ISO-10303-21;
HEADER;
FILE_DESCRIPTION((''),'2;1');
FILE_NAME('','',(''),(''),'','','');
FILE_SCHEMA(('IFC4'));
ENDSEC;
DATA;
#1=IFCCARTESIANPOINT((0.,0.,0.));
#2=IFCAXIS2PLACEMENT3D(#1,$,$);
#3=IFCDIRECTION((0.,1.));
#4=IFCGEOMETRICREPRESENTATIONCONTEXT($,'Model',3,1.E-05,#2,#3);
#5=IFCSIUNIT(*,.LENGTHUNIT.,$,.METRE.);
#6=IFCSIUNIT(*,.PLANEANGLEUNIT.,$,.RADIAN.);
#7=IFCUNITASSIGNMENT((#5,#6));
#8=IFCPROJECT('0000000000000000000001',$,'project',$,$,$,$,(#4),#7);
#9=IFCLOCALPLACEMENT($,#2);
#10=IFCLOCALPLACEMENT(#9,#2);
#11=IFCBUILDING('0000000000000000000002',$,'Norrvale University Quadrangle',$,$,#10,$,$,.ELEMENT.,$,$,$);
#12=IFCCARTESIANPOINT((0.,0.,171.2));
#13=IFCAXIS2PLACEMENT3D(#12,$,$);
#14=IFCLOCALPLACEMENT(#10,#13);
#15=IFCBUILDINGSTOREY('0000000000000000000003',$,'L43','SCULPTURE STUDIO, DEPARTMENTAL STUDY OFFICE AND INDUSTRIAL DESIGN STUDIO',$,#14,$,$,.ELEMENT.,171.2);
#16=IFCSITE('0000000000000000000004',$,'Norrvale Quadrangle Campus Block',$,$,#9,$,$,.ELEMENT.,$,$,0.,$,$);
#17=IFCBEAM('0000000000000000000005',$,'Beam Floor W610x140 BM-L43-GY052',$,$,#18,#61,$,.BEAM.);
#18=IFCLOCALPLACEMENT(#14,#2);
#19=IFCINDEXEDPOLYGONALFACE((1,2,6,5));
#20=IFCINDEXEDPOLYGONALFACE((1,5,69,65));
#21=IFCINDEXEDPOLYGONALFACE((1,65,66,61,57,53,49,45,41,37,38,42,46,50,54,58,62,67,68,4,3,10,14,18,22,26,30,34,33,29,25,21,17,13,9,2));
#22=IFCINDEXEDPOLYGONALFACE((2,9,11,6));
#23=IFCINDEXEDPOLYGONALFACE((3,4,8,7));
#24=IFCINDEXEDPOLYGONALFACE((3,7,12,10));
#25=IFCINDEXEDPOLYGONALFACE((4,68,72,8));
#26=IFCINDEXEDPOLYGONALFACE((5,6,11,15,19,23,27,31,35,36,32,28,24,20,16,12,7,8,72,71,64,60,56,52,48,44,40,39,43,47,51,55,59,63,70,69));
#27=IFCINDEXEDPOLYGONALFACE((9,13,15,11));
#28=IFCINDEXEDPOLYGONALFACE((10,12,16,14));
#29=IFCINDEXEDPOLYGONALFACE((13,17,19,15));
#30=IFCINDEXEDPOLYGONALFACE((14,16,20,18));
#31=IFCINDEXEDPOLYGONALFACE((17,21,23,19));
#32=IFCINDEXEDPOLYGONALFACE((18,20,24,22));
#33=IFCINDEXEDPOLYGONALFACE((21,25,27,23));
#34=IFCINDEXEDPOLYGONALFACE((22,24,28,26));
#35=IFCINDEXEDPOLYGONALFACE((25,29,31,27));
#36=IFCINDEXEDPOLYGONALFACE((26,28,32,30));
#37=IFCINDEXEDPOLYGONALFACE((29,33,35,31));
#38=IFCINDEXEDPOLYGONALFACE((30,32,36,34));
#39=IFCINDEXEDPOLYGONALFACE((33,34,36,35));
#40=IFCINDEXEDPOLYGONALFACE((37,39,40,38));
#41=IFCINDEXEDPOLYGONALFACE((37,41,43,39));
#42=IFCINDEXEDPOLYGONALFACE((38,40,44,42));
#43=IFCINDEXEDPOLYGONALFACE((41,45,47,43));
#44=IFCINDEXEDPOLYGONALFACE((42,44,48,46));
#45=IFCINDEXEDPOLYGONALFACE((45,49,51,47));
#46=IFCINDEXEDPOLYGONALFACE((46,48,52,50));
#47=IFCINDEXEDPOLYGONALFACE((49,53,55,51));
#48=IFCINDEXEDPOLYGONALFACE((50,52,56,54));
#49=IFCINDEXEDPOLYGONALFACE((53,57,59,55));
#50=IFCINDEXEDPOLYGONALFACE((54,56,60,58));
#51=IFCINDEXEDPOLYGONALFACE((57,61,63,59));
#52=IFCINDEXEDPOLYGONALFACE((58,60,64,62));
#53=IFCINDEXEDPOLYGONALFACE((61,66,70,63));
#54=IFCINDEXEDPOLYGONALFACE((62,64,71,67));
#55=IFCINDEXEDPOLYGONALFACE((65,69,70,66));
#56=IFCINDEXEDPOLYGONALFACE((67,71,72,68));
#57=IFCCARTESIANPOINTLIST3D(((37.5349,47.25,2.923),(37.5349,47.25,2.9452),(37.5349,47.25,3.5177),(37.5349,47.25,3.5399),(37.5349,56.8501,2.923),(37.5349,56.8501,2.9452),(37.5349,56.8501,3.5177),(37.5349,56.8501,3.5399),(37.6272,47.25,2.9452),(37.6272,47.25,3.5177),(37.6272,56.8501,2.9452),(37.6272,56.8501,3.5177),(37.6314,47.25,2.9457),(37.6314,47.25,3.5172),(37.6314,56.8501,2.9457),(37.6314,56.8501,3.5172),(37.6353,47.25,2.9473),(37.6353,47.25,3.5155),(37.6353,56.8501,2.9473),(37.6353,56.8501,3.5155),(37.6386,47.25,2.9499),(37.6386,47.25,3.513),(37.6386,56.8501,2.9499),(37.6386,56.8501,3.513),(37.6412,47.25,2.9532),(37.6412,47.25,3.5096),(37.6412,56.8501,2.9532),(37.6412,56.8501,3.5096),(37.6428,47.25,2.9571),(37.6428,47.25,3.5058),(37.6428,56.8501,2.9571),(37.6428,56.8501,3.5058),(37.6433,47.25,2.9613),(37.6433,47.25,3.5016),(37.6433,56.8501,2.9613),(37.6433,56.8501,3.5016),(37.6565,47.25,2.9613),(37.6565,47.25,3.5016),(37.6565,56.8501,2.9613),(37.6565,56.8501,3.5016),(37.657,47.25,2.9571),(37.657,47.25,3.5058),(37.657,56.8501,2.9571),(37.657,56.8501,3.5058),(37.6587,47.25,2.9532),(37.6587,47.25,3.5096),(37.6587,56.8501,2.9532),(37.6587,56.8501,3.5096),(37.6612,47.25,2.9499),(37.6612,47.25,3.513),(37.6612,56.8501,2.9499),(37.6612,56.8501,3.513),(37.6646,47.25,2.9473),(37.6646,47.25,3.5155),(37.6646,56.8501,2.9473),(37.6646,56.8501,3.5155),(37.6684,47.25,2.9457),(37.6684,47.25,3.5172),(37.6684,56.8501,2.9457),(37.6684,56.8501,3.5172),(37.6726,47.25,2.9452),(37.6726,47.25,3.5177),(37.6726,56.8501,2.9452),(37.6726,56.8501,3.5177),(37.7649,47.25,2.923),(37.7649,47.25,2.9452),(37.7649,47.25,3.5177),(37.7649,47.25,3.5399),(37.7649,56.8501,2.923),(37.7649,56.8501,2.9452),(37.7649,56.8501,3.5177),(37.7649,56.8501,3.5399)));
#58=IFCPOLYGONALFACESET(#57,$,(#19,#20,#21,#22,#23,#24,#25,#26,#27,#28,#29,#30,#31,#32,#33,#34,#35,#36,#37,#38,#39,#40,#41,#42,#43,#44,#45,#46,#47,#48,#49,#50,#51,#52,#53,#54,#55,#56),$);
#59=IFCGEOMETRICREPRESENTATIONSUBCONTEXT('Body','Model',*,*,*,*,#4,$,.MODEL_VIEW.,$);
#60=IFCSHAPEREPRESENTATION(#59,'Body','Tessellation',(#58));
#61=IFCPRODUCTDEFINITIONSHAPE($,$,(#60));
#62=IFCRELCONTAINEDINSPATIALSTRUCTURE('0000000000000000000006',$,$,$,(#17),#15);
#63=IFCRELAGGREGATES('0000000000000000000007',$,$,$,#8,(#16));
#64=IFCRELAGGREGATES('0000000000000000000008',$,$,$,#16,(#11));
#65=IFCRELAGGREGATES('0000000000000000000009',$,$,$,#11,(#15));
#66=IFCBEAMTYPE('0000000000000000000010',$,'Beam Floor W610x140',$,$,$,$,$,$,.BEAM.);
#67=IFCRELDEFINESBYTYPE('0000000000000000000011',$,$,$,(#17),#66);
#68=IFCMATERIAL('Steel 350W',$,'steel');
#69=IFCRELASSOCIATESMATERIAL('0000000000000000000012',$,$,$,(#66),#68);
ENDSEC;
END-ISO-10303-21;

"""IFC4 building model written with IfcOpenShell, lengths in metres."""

from ifc_helpers import new_model, si_unit, direction, frame, origin, origin_2d, place, context, subcontext, project, spatial, i_section, extrude, material, material_profile, profile_set, type_object, element, save


model = new_model("IFC4")

# Units and contexts
model_context = context("Model", 3, precision=1e-05, world=origin(), true_north=direction((0.0, 1.0)))
body_context = subcontext(model_context, "Body", "Model", "MODEL_VIEW")
ifc_project = project(units=[si_unit("LENGTHUNIT", "METRE"), si_unit("PLANEANGLEUNIT", "RADIAN")], contexts=[model_context])

# Site, building, storey
site_placement = place(None, origin())
site = spatial("IfcSite", under=ifc_project, at=site_placement, Name="Norrvale Quadrangle Campus Block", CompositionType="ELEMENT", RefElevation=0.0)
building_placement = place(site_placement, origin())
building = spatial("IfcBuilding", under=site, at=building_placement, Name="Norrvale University Quadrangle", CompositionType="ELEMENT")
storey_placement = place(building_placement, frame((0.0, 0.0, 171.2)))
storey = spatial("IfcBuildingStorey", under=building, at=storey_placement, Name="L43", Description="SCULPTURE STUDIO, DEPARTMENTAL STUDY OFFICE AND INDUSTRIAL DESIGN STUDIO", CompositionType="ELEMENT", Elevation=171.2)

# Beam
ifc_material_1 = material(Name="Steel 350W", Category="steel")
ifc_material_profile_1 = material_profile(ifc_material_1, i_section(OverallWidth=0.23, OverallDepth=0.6169, WebThickness=0.0132, FlangeThickness=0.0222, FilletRadius=0.0161, at=origin_2d()), Name="Steel 350W")
ifc_profile_set_1 = profile_set([ifc_material_profile_1], Name="Steel 350W")
beam_type_1 = type_object("IfcBeamType", Name="Beam Floor W610x140", PredefinedType="BEAM", material=ifc_profile_set_1)
for number, where, z_axis, x_axis, name in (
    (1, (37.6499, 47.25, 3.2314), (0.0, 1.0, 0.0), (-1.0, 0.0, 0.0), "Beam Floor W610x140 BM-L43-GY052"),
):
    element("IfcBeam", number, at=place(storey_placement, frame(where, z_axis=z_axis, x_axis=x_axis)), inside=storey, type_object=beam_type_1, Name=name, PredefinedType="BEAM", context=body_context, shape_type="SweptSolid", body=[
        extrude(i_section(OverallWidth=0.23, OverallDepth=0.6169, WebThickness=0.0132, FlangeThickness=0.0222, FilletRadius=0.0161, at=origin_2d()), origin(), (0.0, 0.0, 1.0), 9.6001),
    ])

save(model, "model.ifc")
